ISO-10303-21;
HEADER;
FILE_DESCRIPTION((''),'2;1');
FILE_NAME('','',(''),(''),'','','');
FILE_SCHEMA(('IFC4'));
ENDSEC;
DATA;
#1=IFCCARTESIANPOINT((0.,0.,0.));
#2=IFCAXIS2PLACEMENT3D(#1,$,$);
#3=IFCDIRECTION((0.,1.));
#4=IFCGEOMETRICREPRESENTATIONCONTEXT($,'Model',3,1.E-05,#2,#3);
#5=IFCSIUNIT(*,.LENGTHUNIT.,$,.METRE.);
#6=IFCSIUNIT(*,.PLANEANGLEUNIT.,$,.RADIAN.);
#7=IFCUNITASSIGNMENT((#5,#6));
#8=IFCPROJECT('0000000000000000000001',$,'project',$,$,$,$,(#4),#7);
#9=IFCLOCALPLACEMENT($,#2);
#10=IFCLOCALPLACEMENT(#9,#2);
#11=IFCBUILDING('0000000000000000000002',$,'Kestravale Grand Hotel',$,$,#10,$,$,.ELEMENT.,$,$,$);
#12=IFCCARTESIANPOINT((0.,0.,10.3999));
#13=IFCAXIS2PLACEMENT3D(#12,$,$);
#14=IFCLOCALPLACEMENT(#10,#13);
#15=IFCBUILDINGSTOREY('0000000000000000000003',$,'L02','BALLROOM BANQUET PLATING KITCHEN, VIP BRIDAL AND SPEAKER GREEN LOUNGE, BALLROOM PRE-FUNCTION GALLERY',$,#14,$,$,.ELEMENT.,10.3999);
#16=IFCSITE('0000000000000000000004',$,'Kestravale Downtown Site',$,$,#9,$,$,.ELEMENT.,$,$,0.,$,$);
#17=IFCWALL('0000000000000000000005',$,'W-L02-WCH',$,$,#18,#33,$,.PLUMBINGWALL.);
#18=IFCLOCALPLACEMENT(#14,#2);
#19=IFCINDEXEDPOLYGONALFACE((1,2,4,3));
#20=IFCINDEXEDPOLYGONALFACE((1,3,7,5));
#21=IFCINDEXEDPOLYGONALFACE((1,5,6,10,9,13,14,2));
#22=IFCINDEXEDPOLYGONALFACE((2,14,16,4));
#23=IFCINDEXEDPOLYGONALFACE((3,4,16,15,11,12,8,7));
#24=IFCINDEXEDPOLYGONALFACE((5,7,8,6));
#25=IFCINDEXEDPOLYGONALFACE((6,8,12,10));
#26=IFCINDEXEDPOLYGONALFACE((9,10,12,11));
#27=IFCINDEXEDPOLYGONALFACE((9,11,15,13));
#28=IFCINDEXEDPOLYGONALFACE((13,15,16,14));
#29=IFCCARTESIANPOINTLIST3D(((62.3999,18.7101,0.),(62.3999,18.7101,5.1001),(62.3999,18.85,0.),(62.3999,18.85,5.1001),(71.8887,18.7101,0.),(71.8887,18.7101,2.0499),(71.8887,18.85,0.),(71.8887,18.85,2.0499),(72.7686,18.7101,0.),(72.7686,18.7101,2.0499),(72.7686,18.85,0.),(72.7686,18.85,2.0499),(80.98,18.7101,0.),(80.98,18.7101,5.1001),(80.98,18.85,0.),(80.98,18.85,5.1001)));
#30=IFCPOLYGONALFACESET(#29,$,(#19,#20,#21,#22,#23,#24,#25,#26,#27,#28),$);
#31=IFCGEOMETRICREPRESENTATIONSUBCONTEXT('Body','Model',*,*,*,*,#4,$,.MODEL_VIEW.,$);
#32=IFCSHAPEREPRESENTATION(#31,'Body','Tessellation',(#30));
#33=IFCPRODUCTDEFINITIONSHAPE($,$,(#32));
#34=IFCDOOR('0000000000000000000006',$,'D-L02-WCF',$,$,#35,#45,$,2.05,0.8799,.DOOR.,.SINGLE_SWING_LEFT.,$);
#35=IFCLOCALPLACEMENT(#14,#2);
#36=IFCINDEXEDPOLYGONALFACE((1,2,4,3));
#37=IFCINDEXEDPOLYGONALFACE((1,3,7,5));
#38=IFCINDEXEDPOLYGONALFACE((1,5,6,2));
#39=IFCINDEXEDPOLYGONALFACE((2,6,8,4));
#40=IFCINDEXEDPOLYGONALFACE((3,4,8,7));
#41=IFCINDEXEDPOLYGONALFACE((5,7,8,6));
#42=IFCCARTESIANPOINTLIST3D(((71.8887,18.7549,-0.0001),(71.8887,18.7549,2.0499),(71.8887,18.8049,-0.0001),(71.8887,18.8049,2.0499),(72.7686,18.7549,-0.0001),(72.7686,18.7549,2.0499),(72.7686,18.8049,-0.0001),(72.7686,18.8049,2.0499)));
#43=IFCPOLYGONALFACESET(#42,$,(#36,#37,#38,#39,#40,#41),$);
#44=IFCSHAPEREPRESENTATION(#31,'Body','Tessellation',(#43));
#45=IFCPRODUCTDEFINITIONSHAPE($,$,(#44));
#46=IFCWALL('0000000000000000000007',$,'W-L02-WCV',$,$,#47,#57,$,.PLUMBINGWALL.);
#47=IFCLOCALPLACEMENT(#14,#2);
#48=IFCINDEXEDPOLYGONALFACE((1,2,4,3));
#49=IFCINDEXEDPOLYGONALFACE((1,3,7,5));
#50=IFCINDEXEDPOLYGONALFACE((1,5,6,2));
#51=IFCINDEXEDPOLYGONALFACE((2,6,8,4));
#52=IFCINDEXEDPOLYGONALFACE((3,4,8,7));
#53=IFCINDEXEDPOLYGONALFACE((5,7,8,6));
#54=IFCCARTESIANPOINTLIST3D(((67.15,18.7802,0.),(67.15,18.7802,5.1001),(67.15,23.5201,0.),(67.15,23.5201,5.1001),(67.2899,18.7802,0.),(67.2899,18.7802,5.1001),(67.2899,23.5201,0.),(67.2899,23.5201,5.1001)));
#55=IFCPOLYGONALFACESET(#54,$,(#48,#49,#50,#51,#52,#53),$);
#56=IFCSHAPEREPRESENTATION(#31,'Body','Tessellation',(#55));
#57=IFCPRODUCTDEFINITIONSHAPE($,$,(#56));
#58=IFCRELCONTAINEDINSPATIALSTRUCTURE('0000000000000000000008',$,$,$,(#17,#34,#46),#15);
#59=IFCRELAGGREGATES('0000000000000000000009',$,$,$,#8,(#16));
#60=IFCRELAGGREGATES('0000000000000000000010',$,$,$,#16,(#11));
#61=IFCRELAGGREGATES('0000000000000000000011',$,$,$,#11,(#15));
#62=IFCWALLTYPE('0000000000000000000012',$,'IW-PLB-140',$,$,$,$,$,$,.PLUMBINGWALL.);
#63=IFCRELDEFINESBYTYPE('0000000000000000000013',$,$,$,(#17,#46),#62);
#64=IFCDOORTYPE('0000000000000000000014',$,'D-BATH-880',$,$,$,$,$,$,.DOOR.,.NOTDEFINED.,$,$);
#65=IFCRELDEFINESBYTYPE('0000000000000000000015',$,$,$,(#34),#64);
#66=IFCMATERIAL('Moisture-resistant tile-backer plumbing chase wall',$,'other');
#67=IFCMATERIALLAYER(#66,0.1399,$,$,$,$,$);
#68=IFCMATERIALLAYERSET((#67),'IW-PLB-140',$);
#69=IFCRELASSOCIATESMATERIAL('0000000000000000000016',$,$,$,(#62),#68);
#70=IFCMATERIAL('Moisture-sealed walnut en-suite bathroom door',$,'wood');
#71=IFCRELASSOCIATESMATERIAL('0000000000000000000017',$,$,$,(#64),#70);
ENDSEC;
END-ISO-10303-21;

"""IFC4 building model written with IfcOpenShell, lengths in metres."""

from ifc_helpers import new_model, si_unit, direction, frame, frame_2d, origin, place, context, subcontext, project, spatial, rectangle, extrude, material, layer, layer_set, type_object, element, fill, save


model = new_model("IFC4")

# Units and contexts
model_context = context("Model", 3, precision=1e-05, world=origin(), true_north=direction((0.0, 1.0)))
body_context = subcontext(model_context, "Body", "Model", "MODEL_VIEW")
ifc_project = project(units=[si_unit("LENGTHUNIT", "METRE"), si_unit("PLANEANGLEUNIT", "RADIAN")], contexts=[model_context])

# Site, building, storey
site_placement = place(None, origin())
site = spatial("IfcSite", under=ifc_project, at=site_placement, Name="Kestravale Downtown Site", CompositionType="ELEMENT", RefElevation=0.0)
building_placement = place(site_placement, origin())
building = spatial("IfcBuilding", under=site, at=building_placement, Name="Kestravale Grand Hotel", CompositionType="ELEMENT")
storey_placement = place(building_placement, frame((0.0, 0.0, 10.3999)))
storey = spatial("IfcBuildingStorey", under=building, at=storey_placement, Name="L02", Description="BALLROOM BANQUET PLATING KITCHEN, VIP BRIDAL AND SPEAKER GREEN LOUNGE, BALLROOM PRE-FUNCTION GALLERY", CompositionType="ELEMENT", Elevation=10.3999)

# Wall, opening, door
ifc_material_1 = material(Name="Moisture-resistant tile-backer plumbing chase wall", Category="other")
ifc_layer = layer(ifc_material_1, 0.1399)
ifc_layer_set = layer_set([ifc_layer], Name="IW-PLB-140")
wall_type = type_object("IfcWallType", Name="IW-PLB-140", PredefinedType="PLUMBINGWALL", material=ifc_layer_set)
wall_1_placement = place(storey_placement, frame((62.3999, 18.78, 0.0), z_axis=(0.0, 0.0, 1.0), x_axis=(1.0, 0.0, 0.0)))
wall_1 = element("IfcWall", 1, at=wall_1_placement, inside=storey, type_object=wall_type, Name="W-L02-WCH", PredefinedType="PLUMBINGWALL", context=body_context, shape_type="SweptSolid", body=[
    extrude(rectangle(XDim=18.5801, YDim=0.1399, at=frame_2d((9.29, 0.0))), origin(), (0.0, 0.0, 1.0), 5.1001),
])
opening_placement = place(wall_1_placement, frame((9.4888, 0.0, 0.0)))
opening = element("IfcOpeningElement", 2, at=opening_placement, cuts=wall_1, PredefinedType="OPENING", context=body_context, shape_type="SweptSolid", body=[
    extrude(rectangle(XDim=0.8799, YDim=2.05, at=frame_2d((0.4399, 1.0249))), frame((0.0, 0.0798, 0.0), z_axis=(0.0, -1.0, 0.0), x_axis=(1.0, 0.0, 0.0)), (0.0, 0.0, 1.0), 0.1599),
])
ifc_material_2 = material(Name="Moisture-sealed walnut en-suite bathroom door", Category="wood")
door_type = type_object("IfcDoorType", Name="D-BATH-880", OperationType="NOTDEFINED", PredefinedType="DOOR", material=ifc_material_2)
door_placement = place(opening_placement, origin())
door = element("IfcDoor", 3, at=door_placement, inside=storey, type_object=door_type, Name="D-L02-WCF", OperationType="SINGLE_SWING_LEFT", OverallHeight=2.05, OverallWidth=0.8799, PredefinedType="DOOR", context=body_context, shape_type="SweptSolid", body=[
    extrude(rectangle(XDim=0.8799, YDim=2.05, at=frame_2d((0.4399, 1.0249))), frame((0.0, 0.0249, 0.0), z_axis=(0.0, -1.0, 0.0), x_axis=(1.0, 0.0, 0.0)), (0.0, 0.0, 1.0), 0.05),
])
fill(opening, door)

# Wall
wall_2_placement = place(storey_placement, frame((67.22, 18.78, 0.0), z_axis=(0.0, 0.0, 1.0), x_axis=(0.0, 1.0, 0.0)))
element("IfcWall", 4, at=wall_2_placement, inside=storey, type_object=wall_type, Name="W-L02-WCV", PredefinedType="PLUMBINGWALL", context=body_context, shape_type="SweptSolid", body=[
    extrude(rectangle(XDim=4.74, YDim=0.1399, at=frame_2d((2.3701, 0.0))), origin(), (0.0, 0.0, 1.0), 5.1001),
])

save(model, "model.ifc")
